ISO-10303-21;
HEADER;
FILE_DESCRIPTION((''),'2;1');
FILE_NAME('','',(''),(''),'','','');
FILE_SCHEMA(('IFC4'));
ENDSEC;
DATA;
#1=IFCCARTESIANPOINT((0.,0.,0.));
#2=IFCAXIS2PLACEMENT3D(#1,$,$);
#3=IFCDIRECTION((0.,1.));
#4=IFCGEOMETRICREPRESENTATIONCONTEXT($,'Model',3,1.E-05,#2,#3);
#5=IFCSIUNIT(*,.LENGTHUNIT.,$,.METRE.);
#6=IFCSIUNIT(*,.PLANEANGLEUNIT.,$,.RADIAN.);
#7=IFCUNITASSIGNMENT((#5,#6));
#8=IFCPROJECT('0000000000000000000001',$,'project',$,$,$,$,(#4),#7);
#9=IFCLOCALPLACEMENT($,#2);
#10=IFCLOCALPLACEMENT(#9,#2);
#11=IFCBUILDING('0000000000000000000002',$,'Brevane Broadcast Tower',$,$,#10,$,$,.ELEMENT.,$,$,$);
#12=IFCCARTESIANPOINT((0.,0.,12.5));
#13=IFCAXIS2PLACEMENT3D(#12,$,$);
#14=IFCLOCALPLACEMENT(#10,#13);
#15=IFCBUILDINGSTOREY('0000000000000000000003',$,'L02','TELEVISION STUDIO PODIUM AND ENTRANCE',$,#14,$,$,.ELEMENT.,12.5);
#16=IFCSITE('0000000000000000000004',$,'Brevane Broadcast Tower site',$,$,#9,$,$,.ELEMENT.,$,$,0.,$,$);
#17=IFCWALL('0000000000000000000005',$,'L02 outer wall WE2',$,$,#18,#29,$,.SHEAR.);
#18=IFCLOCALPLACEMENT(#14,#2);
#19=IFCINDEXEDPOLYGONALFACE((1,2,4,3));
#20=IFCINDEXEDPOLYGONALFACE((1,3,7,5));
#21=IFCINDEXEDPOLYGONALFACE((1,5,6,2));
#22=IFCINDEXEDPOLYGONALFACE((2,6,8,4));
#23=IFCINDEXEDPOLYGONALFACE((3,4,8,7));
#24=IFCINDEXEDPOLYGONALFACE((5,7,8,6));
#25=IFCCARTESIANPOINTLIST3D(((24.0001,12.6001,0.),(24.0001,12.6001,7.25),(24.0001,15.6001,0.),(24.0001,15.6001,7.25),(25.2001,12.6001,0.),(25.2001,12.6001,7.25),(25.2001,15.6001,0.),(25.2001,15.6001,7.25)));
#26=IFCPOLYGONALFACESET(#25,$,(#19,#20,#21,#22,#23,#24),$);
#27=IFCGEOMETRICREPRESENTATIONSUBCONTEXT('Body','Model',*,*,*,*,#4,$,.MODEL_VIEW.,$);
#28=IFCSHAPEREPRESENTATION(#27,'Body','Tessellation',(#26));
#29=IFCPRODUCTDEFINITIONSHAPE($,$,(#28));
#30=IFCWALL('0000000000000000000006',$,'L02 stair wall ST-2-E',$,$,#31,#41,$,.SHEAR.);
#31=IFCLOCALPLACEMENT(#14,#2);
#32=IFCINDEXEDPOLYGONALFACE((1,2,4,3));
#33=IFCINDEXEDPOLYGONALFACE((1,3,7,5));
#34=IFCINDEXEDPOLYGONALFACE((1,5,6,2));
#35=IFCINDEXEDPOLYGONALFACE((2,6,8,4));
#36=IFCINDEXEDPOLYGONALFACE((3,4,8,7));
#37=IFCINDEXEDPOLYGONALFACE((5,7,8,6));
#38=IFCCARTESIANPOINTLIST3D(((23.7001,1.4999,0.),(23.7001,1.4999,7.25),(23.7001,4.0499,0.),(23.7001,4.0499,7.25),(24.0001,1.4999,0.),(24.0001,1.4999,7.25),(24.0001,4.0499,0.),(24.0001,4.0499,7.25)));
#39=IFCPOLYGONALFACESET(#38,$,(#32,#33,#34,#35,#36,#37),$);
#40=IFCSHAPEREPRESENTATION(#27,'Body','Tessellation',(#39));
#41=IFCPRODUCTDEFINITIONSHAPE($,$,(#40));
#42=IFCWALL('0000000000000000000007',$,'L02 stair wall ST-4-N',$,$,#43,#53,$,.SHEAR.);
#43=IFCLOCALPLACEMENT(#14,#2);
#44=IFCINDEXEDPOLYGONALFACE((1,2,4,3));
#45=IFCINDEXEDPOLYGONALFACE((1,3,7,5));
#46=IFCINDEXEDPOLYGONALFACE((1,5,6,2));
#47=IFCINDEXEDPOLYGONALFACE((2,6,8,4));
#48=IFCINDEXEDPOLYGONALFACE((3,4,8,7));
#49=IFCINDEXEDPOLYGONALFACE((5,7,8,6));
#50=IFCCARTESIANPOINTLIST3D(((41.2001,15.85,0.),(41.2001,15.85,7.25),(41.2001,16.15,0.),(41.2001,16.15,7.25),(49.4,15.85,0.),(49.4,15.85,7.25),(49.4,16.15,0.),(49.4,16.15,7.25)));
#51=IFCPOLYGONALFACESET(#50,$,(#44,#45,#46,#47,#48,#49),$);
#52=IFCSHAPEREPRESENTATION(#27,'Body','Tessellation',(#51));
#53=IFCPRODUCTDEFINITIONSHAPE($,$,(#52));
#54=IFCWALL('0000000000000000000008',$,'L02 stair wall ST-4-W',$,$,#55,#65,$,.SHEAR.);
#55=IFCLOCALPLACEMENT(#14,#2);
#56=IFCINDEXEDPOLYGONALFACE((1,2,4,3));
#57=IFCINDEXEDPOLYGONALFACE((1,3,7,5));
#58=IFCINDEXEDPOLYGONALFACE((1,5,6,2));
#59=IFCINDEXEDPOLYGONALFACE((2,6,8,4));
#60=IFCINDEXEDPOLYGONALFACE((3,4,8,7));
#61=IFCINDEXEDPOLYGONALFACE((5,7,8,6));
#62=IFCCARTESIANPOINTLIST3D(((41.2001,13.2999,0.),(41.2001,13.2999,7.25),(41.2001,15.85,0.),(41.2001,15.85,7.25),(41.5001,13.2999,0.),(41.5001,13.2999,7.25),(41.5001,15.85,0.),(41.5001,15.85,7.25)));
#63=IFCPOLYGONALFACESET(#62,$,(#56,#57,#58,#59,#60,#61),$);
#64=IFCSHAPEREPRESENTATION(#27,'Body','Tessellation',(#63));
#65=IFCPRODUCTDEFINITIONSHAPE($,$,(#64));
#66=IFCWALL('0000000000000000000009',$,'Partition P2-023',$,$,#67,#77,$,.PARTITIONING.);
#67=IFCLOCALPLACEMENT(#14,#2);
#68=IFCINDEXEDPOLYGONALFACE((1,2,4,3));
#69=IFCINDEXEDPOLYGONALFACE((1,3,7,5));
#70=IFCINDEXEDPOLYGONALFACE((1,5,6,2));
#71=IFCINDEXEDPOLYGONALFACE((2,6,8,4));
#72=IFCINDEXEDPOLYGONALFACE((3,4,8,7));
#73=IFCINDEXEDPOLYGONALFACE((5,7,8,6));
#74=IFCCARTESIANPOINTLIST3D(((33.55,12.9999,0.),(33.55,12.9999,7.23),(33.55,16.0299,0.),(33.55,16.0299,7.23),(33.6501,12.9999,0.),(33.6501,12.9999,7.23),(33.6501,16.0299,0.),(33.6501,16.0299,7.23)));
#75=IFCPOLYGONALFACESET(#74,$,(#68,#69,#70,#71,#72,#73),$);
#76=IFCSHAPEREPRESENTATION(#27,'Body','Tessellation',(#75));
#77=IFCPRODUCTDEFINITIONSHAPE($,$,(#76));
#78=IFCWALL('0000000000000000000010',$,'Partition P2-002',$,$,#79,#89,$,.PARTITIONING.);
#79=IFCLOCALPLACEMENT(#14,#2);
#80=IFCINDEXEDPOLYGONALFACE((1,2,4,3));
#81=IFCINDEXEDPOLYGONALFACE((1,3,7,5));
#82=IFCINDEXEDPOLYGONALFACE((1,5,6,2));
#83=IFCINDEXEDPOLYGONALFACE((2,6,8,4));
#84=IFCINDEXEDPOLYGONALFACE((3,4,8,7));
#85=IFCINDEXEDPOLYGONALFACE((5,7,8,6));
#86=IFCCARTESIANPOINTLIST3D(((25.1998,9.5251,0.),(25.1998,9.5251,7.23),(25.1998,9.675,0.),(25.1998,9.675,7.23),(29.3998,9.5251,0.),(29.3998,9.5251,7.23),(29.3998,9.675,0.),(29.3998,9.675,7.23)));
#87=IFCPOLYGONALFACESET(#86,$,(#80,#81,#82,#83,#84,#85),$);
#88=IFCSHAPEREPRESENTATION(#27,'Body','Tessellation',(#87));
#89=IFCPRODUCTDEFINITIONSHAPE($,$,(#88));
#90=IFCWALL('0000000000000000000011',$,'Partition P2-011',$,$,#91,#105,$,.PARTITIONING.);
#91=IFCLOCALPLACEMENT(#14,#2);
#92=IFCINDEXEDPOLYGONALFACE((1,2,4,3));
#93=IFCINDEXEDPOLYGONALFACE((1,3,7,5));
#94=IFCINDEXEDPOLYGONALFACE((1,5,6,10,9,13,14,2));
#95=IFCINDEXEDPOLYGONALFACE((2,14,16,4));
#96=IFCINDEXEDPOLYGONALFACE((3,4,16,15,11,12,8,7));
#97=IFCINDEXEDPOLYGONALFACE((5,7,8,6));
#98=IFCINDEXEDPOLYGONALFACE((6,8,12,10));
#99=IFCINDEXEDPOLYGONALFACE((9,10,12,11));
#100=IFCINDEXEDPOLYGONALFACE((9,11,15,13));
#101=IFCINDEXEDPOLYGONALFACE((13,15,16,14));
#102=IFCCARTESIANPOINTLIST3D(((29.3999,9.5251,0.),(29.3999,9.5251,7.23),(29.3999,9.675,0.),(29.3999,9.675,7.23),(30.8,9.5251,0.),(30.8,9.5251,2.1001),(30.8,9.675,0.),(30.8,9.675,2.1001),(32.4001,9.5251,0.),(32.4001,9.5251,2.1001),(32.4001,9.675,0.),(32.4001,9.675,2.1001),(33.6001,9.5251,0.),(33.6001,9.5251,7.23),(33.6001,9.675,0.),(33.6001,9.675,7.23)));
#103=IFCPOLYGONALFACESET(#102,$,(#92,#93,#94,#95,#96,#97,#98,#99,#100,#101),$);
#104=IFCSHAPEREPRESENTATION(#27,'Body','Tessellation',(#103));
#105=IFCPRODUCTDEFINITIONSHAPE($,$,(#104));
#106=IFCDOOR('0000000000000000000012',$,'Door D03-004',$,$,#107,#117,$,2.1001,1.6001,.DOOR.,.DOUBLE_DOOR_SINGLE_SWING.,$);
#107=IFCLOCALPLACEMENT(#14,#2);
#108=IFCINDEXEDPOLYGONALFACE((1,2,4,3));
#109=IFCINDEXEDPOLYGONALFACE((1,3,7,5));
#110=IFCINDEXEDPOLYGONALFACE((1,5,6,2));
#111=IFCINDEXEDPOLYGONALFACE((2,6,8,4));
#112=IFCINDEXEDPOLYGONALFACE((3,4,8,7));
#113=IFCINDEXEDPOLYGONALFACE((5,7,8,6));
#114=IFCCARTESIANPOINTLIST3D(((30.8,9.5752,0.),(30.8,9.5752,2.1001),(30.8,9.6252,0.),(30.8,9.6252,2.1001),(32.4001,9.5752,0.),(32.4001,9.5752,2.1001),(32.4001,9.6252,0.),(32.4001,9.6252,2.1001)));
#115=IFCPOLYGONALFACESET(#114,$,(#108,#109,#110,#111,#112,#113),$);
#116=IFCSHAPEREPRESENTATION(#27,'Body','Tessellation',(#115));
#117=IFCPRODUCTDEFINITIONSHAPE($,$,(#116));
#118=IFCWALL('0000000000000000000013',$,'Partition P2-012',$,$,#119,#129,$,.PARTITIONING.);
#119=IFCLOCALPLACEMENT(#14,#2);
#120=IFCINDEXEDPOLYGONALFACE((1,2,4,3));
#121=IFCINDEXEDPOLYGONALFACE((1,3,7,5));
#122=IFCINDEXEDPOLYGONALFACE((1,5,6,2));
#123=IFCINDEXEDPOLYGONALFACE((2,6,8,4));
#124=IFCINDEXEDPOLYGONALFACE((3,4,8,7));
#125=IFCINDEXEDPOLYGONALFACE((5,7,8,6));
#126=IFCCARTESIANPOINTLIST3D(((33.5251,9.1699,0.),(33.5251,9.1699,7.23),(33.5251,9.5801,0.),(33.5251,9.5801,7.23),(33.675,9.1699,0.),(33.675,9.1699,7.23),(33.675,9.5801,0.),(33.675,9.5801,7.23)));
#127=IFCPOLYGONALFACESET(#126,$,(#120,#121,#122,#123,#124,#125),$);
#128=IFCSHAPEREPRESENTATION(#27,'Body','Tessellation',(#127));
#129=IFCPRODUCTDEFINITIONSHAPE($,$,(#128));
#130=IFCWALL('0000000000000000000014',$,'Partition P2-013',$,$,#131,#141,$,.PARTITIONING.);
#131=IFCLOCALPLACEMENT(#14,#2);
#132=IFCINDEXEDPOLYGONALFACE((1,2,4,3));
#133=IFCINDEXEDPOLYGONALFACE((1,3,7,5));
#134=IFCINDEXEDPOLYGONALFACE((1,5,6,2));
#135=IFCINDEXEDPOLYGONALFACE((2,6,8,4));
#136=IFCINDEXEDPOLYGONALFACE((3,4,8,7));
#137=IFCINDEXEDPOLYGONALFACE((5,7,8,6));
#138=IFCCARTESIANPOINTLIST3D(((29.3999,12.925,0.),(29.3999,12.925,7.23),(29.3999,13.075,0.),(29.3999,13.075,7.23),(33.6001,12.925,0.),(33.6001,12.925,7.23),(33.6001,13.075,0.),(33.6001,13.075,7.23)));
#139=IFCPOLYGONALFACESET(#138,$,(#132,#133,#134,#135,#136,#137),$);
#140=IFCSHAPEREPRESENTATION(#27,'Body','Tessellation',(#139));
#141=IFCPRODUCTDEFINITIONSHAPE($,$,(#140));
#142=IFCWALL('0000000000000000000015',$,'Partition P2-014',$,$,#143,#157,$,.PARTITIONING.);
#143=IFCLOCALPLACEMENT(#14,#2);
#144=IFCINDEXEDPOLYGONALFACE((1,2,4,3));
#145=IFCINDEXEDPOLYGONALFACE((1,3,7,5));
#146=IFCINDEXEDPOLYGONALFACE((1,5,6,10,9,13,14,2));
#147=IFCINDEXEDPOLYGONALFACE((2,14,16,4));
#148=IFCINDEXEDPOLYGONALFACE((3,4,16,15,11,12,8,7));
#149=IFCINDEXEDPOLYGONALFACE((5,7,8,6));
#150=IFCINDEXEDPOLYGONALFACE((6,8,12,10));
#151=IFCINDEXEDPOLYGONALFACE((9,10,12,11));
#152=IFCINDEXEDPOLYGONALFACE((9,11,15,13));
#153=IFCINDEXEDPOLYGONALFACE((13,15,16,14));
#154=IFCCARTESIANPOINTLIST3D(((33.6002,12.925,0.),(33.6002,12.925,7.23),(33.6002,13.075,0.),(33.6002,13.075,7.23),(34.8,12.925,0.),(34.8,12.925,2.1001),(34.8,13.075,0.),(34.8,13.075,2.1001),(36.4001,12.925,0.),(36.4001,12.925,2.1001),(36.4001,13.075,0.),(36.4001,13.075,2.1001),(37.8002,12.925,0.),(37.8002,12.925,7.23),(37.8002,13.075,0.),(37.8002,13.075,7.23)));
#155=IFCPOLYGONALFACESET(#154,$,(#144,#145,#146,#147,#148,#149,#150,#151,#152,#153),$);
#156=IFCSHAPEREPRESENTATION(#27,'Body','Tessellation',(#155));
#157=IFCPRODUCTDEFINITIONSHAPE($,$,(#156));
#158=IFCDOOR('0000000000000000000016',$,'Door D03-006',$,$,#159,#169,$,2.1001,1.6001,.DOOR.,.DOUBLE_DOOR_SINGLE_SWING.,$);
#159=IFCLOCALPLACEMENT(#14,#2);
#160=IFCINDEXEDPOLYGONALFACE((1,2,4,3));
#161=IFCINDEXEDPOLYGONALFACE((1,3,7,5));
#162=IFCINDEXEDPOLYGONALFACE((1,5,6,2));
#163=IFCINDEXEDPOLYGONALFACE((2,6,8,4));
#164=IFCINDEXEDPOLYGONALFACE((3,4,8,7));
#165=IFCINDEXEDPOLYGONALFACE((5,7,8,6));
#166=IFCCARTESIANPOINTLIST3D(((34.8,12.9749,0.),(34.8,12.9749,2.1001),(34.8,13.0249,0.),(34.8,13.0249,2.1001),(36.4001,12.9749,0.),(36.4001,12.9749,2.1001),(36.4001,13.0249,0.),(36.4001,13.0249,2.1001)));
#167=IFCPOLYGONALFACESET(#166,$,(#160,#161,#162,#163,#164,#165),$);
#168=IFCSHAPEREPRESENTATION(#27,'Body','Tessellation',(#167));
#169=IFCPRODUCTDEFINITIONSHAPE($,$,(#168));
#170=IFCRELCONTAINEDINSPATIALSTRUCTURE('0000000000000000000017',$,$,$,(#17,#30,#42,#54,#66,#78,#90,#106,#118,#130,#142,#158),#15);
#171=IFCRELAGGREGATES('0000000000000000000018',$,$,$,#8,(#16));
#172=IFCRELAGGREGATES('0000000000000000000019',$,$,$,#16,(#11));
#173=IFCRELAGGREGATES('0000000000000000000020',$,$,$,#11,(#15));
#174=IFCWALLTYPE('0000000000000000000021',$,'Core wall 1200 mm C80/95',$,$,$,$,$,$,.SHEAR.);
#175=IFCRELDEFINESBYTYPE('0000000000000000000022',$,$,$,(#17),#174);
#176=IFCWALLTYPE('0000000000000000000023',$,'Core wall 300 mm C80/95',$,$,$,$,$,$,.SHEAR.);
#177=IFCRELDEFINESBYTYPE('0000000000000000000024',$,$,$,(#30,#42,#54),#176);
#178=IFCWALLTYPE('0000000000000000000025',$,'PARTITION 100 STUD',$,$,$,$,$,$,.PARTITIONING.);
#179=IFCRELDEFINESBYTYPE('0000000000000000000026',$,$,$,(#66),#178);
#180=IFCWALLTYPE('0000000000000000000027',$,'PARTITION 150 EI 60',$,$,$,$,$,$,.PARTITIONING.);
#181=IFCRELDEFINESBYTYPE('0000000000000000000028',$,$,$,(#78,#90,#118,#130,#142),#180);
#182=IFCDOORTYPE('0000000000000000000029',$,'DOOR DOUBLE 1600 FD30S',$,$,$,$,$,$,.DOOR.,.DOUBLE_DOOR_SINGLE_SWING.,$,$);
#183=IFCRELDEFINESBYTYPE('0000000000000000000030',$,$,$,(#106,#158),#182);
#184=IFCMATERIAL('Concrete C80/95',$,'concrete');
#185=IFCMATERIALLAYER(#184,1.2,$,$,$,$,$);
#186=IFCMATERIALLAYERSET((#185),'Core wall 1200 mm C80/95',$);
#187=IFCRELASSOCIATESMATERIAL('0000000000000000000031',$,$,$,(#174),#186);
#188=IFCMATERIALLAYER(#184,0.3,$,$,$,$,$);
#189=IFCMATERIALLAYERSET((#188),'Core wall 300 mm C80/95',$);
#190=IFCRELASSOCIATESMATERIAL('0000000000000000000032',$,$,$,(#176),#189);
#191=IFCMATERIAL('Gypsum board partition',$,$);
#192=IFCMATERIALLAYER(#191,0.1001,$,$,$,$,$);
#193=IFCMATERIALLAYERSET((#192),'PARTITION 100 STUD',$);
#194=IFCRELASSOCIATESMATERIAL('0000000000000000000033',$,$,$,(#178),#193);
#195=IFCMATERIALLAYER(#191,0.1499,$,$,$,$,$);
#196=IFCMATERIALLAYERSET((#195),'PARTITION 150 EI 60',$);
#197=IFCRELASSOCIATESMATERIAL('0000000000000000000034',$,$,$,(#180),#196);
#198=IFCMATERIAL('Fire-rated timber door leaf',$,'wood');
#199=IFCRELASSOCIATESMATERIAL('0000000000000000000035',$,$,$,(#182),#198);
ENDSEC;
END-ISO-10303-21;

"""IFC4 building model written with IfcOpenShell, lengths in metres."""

from ifc_helpers import new_model, si_unit, direction, frame, frame_2d, origin, place, context, subcontext, project, spatial, rectangle, extrude, material, layer, layer_set, type_object, element, fill, save


model = new_model("IFC4")

# Units and contexts
model_context = context("Model", 3, precision=1e-05, world=origin(), true_north=direction((0.0, 1.0)))
body_context = subcontext(model_context, "Body", "Model", "MODEL_VIEW")
ifc_project = project(units=[si_unit("LENGTHUNIT", "METRE"), si_unit("PLANEANGLEUNIT", "RADIAN")], contexts=[model_context])

# Site, building, storey
site_placement = place(None, origin())
site = spatial("IfcSite", under=ifc_project, at=site_placement, Name="Brevane Broadcast Tower site", CompositionType="ELEMENT", RefElevation=0.0)
building_placement = place(site_placement, origin())
building = spatial("IfcBuilding", under=site, at=building_placement, Name="Brevane Broadcast Tower", CompositionType="ELEMENT")
storey_placement = place(building_placement, frame((0.0, 0.0, 12.5)))
storey = spatial("IfcBuildingStorey", under=building, at=storey_placement, Name="L02", Description="TELEVISION STUDIO PODIUM AND ENTRANCE", CompositionType="ELEMENT", Elevation=12.5)

# Shared definitions
ifc_material_1 = material(Name="Concrete C80/95", Category="concrete")

# Walls
ifc_layer_1 = layer(ifc_material_1, 1.2)
ifc_layer_set_1 = layer_set([ifc_layer_1], Name="Core wall 1200 mm C80/95")
wall_type_1 = type_object("IfcWallType", Name="Core wall 1200 mm C80/95", PredefinedType="SHEAR", material=ifc_layer_set_1)
wall_1_placement = place(storey_placement, frame((24.6001, 12.6001, 0.0), z_axis=(0.0, 0.0, 1.0), x_axis=(0.0, 1.0, 0.0)))
element("IfcWall", 1, at=wall_1_placement, inside=storey, type_object=wall_type_1, Name="L02 outer wall WE2", PredefinedType="SHEAR", context=body_context, shape_type="SweptSolid", body=[
    extrude(rectangle(XDim=3.0, YDim=1.2, at=frame_2d((1.5, 0.0))), origin(), (0.0, 0.0, 1.0), 7.25),
])
ifc_layer_2 = layer(ifc_material_1, 0.3)
ifc_layer_set_2 = layer_set([ifc_layer_2], Name="Core wall 300 mm C80/95")
wall_type_2 = type_object("IfcWallType", Name="Core wall 300 mm C80/95", PredefinedType="SHEAR", material=ifc_layer_set_2)
wall_2_placement = place(storey_placement, frame((23.8501, 1.5, 0.0), z_axis=(0.0, 0.0, 1.0), x_axis=(0.0, 1.0, 0.0)))
element("IfcWall", 2, at=wall_2_placement, inside=storey, type_object=wall_type_2, Name="L02 stair wall ST-2-E", PredefinedType="SHEAR", context=body_context, shape_type="SweptSolid", body=[
    extrude(rectangle(XDim=2.55, YDim=0.3, at=frame_2d((1.2749, 0.0))), origin(), (0.0, 0.0, 1.0), 7.25),
])
wall_3_placement = place(storey_placement, frame((41.2, 16.0, 0.0), z_axis=(0.0, 0.0, 1.0), x_axis=(1.0, 0.0, 0.0)))
element("IfcWall", 3, at=wall_3_placement, inside=storey, type_object=wall_type_2, Name="L02 stair wall ST-4-N", PredefinedType="SHEAR", context=body_context, shape_type="SweptSolid", body=[
    extrude(rectangle(XDim=8.2, YDim=0.3, at=frame_2d((4.1001, 0.0))), origin(), (0.0, 0.0, 1.0), 7.25),
])
wall_4_placement = place(storey_placement, frame((41.3501, 13.3, 0.0), z_axis=(0.0, 0.0, 1.0), x_axis=(0.0, 1.0, 0.0)))
element("IfcWall", 4, at=wall_4_placement, inside=storey, type_object=wall_type_2, Name="L02 stair wall ST-4-W", PredefinedType="SHEAR", context=body_context, shape_type="SweptSolid", body=[
    extrude(rectangle(XDim=2.55, YDim=0.3, at=frame_2d((1.2749, 0.0))), origin(), (0.0, 0.0, 1.0), 7.25),
])
ifc_material_2 = material(Name="Gypsum board partition")
ifc_layer_3 = layer(ifc_material_2, 0.1001)
ifc_layer_set_3 = layer_set([ifc_layer_3], Name="PARTITION 100 STUD")
wall_type_3 = type_object("IfcWallType", Name="PARTITION 100 STUD", PredefinedType="PARTITIONING", material=ifc_layer_set_3)
wall_5_placement = place(storey_placement, frame((33.6001, 16.03, 0.0), z_axis=(0.0, 0.0, 1.0), x_axis=(0.0, -1.0, 0.0)))
element("IfcWall", 5, at=wall_5_placement, inside=storey, type_object=wall_type_3, Name="Partition P2-023", PredefinedType="PARTITIONING", context=body_context, shape_type="SweptSolid", body=[
    extrude(rectangle(XDim=3.03, YDim=0.1001, at=frame_2d((1.5151, 0.0))), origin(), (0.0, 0.0, 1.0), 7.23),
])
ifc_layer_4 = layer(ifc_material_2, 0.1499)
ifc_layer_set_4 = layer_set([ifc_layer_4], Name="PARTITION 150 EI 60")
wall_type_4 = type_object("IfcWallType", Name="PARTITION 150 EI 60", PredefinedType="PARTITIONING", material=ifc_layer_set_4)
wall_6_placement = place(storey_placement, frame((29.3999, 9.6001, 0.0), z_axis=(0.0, 0.0, 1.0), x_axis=(-1.0, 0.0, 0.0)))
element("IfcWall", 6, at=wall_6_placement, inside=storey, type_object=wall_type_4, Name="Partition P2-002", PredefinedType="PARTITIONING", context=body_context, shape_type="SweptSolid", body=[
    extrude(rectangle(XDim=4.2, YDim=0.1499, at=frame_2d((2.1001, 0.0))), origin(), (0.0, 0.0, 1.0), 7.23),
])

# Wall, opening, door
wall_7_placement = place(storey_placement, frame((33.6001, 9.6001, 0.0), z_axis=(0.0, 0.0, 1.0), x_axis=(-1.0, 0.0, 0.0)))
wall_7 = element("IfcWall", 7, at=wall_7_placement, inside=storey, type_object=wall_type_4, Name="Partition P2-011", PredefinedType="PARTITIONING", context=body_context, shape_type="SweptSolid", body=[
    extrude(rectangle(XDim=4.2002, YDim=0.1499, at=frame_2d((2.1001, 0.0))), origin(), (0.0, 0.0, 1.0), 7.23),
])
opening_1_placement = place(wall_7_placement, frame((1.2, 0.0, 0.0)))
opening_1 = element("IfcOpeningElement", 8, at=opening_1_placement, cuts=wall_7, PredefinedType="OPENING", context=body_context, shape_type="SweptSolid", body=[
    extrude(rectangle(XDim=1.6001, YDim=2.1001, at=frame_2d((0.8, 1.05))), frame((0.0, 0.085, 0.0), z_axis=(0.0, -1.0, 0.0), x_axis=(1.0, 0.0, 0.0)), (0.0, 0.0, 1.0), 0.1699),
])
ifc_material_3 = material(Name="Fire-rated timber door leaf", Category="wood")
door_type = type_object("IfcDoorType", Name="DOOR DOUBLE 1600 FD30S", OperationType="DOUBLE_DOOR_SINGLE_SWING", PredefinedType="DOOR", material=ifc_material_3)
door_1_placement = place(opening_1_placement, origin())
door_1 = element("IfcDoor", 9, at=door_1_placement, inside=storey, type_object=door_type, Name="Door D03-004", OperationType="DOUBLE_DOOR_SINGLE_SWING", OverallHeight=2.1001, OverallWidth=1.6001, PredefinedType="DOOR", context=body_context, shape_type="SweptSolid", body=[
    extrude(rectangle(XDim=1.6001, YDim=2.1001, at=frame_2d((0.8, 1.05))), frame((0.0, 0.0249, 0.0), z_axis=(0.0, -1.0, 0.0), x_axis=(1.0, 0.0, 0.0)), (0.0, 0.0, 1.0), 0.05),
])
fill(opening_1, door_1)

# Walls
wall_8_placement = place(storey_placement, frame((33.6001, 9.1699, 0.0), z_axis=(0.0, 0.0, 1.0), x_axis=(0.0, 1.0, 0.0)))
element("IfcWall", 10, at=wall_8_placement, inside=storey, type_object=wall_type_4, Name="Partition P2-012", PredefinedType="PARTITIONING", context=body_context, shape_type="SweptSolid", body=[
    extrude(rectangle(XDim=0.4102, YDim=0.1499, at=frame_2d((0.2051, 0.0))), origin(), (0.0, 0.0, 1.0), 7.23),
])
wall_9_placement = place(storey_placement, frame((29.3999, 13.0, 0.0), z_axis=(0.0, 0.0, 1.0), x_axis=(1.0, 0.0, 0.0)))
element("IfcWall", 11, at=wall_9_placement, inside=storey, type_object=wall_type_4, Name="Partition P2-013", PredefinedType="PARTITIONING", context=body_context, shape_type="SweptSolid", body=[
    extrude(rectangle(XDim=4.2002, YDim=0.1499, at=frame_2d((2.1001, 0.0))), origin(), (0.0, 0.0, 1.0), 7.23),
])

# Wall, opening, door
wall_10_placement = place(storey_placement, frame((33.6001, 13.0, 0.0), z_axis=(0.0, 0.0, 1.0), x_axis=(1.0, 0.0, 0.0)))
wall_10 = element("IfcWall", 12, at=wall_10_placement, inside=storey, type_object=wall_type_4, Name="Partition P2-014", PredefinedType="PARTITIONING", context=body_context, shape_type="SweptSolid", body=[
    extrude(rectangle(XDim=4.2, YDim=0.1499, at=frame_2d((2.1001, 0.0))), origin(), (0.0, 0.0, 1.0), 7.23),
])
opening_2_placement = place(wall_10_placement, frame((1.2, 0.0, 0.0)))
opening_2 = element("IfcOpeningElement", 13, at=opening_2_placement, cuts=wall_10, PredefinedType="OPENING", context=body_context, shape_type="SweptSolid", body=[
    extrude(rectangle(XDim=1.6001, YDim=2.1001, at=frame_2d((0.8, 1.05))), frame((0.0, 0.085, 0.0), z_axis=(0.0, -1.0, 0.0), x_axis=(1.0, 0.0, 0.0)), (0.0, 0.0, 1.0), 0.1699),
])
door_2_placement = place(opening_2_placement, origin())
door_2 = element("IfcDoor", 14, at=door_2_placement, inside=storey, type_object=door_type, Name="Door D03-006", OperationType="DOUBLE_DOOR_SINGLE_SWING", OverallHeight=2.1001, OverallWidth=1.6001, PredefinedType="DOOR", context=body_context, shape_type="SweptSolid", body=[
    extrude(rectangle(XDim=1.6001, YDim=2.1001, at=frame_2d((0.8, 1.05))), frame((0.0, 0.0249, 0.0), z_axis=(0.0, -1.0, 0.0), x_axis=(1.0, 0.0, 0.0)), (0.0, 0.0, 1.0), 0.05),
])
fill(opening_2, door_2)

save(model, "model.ifc")
